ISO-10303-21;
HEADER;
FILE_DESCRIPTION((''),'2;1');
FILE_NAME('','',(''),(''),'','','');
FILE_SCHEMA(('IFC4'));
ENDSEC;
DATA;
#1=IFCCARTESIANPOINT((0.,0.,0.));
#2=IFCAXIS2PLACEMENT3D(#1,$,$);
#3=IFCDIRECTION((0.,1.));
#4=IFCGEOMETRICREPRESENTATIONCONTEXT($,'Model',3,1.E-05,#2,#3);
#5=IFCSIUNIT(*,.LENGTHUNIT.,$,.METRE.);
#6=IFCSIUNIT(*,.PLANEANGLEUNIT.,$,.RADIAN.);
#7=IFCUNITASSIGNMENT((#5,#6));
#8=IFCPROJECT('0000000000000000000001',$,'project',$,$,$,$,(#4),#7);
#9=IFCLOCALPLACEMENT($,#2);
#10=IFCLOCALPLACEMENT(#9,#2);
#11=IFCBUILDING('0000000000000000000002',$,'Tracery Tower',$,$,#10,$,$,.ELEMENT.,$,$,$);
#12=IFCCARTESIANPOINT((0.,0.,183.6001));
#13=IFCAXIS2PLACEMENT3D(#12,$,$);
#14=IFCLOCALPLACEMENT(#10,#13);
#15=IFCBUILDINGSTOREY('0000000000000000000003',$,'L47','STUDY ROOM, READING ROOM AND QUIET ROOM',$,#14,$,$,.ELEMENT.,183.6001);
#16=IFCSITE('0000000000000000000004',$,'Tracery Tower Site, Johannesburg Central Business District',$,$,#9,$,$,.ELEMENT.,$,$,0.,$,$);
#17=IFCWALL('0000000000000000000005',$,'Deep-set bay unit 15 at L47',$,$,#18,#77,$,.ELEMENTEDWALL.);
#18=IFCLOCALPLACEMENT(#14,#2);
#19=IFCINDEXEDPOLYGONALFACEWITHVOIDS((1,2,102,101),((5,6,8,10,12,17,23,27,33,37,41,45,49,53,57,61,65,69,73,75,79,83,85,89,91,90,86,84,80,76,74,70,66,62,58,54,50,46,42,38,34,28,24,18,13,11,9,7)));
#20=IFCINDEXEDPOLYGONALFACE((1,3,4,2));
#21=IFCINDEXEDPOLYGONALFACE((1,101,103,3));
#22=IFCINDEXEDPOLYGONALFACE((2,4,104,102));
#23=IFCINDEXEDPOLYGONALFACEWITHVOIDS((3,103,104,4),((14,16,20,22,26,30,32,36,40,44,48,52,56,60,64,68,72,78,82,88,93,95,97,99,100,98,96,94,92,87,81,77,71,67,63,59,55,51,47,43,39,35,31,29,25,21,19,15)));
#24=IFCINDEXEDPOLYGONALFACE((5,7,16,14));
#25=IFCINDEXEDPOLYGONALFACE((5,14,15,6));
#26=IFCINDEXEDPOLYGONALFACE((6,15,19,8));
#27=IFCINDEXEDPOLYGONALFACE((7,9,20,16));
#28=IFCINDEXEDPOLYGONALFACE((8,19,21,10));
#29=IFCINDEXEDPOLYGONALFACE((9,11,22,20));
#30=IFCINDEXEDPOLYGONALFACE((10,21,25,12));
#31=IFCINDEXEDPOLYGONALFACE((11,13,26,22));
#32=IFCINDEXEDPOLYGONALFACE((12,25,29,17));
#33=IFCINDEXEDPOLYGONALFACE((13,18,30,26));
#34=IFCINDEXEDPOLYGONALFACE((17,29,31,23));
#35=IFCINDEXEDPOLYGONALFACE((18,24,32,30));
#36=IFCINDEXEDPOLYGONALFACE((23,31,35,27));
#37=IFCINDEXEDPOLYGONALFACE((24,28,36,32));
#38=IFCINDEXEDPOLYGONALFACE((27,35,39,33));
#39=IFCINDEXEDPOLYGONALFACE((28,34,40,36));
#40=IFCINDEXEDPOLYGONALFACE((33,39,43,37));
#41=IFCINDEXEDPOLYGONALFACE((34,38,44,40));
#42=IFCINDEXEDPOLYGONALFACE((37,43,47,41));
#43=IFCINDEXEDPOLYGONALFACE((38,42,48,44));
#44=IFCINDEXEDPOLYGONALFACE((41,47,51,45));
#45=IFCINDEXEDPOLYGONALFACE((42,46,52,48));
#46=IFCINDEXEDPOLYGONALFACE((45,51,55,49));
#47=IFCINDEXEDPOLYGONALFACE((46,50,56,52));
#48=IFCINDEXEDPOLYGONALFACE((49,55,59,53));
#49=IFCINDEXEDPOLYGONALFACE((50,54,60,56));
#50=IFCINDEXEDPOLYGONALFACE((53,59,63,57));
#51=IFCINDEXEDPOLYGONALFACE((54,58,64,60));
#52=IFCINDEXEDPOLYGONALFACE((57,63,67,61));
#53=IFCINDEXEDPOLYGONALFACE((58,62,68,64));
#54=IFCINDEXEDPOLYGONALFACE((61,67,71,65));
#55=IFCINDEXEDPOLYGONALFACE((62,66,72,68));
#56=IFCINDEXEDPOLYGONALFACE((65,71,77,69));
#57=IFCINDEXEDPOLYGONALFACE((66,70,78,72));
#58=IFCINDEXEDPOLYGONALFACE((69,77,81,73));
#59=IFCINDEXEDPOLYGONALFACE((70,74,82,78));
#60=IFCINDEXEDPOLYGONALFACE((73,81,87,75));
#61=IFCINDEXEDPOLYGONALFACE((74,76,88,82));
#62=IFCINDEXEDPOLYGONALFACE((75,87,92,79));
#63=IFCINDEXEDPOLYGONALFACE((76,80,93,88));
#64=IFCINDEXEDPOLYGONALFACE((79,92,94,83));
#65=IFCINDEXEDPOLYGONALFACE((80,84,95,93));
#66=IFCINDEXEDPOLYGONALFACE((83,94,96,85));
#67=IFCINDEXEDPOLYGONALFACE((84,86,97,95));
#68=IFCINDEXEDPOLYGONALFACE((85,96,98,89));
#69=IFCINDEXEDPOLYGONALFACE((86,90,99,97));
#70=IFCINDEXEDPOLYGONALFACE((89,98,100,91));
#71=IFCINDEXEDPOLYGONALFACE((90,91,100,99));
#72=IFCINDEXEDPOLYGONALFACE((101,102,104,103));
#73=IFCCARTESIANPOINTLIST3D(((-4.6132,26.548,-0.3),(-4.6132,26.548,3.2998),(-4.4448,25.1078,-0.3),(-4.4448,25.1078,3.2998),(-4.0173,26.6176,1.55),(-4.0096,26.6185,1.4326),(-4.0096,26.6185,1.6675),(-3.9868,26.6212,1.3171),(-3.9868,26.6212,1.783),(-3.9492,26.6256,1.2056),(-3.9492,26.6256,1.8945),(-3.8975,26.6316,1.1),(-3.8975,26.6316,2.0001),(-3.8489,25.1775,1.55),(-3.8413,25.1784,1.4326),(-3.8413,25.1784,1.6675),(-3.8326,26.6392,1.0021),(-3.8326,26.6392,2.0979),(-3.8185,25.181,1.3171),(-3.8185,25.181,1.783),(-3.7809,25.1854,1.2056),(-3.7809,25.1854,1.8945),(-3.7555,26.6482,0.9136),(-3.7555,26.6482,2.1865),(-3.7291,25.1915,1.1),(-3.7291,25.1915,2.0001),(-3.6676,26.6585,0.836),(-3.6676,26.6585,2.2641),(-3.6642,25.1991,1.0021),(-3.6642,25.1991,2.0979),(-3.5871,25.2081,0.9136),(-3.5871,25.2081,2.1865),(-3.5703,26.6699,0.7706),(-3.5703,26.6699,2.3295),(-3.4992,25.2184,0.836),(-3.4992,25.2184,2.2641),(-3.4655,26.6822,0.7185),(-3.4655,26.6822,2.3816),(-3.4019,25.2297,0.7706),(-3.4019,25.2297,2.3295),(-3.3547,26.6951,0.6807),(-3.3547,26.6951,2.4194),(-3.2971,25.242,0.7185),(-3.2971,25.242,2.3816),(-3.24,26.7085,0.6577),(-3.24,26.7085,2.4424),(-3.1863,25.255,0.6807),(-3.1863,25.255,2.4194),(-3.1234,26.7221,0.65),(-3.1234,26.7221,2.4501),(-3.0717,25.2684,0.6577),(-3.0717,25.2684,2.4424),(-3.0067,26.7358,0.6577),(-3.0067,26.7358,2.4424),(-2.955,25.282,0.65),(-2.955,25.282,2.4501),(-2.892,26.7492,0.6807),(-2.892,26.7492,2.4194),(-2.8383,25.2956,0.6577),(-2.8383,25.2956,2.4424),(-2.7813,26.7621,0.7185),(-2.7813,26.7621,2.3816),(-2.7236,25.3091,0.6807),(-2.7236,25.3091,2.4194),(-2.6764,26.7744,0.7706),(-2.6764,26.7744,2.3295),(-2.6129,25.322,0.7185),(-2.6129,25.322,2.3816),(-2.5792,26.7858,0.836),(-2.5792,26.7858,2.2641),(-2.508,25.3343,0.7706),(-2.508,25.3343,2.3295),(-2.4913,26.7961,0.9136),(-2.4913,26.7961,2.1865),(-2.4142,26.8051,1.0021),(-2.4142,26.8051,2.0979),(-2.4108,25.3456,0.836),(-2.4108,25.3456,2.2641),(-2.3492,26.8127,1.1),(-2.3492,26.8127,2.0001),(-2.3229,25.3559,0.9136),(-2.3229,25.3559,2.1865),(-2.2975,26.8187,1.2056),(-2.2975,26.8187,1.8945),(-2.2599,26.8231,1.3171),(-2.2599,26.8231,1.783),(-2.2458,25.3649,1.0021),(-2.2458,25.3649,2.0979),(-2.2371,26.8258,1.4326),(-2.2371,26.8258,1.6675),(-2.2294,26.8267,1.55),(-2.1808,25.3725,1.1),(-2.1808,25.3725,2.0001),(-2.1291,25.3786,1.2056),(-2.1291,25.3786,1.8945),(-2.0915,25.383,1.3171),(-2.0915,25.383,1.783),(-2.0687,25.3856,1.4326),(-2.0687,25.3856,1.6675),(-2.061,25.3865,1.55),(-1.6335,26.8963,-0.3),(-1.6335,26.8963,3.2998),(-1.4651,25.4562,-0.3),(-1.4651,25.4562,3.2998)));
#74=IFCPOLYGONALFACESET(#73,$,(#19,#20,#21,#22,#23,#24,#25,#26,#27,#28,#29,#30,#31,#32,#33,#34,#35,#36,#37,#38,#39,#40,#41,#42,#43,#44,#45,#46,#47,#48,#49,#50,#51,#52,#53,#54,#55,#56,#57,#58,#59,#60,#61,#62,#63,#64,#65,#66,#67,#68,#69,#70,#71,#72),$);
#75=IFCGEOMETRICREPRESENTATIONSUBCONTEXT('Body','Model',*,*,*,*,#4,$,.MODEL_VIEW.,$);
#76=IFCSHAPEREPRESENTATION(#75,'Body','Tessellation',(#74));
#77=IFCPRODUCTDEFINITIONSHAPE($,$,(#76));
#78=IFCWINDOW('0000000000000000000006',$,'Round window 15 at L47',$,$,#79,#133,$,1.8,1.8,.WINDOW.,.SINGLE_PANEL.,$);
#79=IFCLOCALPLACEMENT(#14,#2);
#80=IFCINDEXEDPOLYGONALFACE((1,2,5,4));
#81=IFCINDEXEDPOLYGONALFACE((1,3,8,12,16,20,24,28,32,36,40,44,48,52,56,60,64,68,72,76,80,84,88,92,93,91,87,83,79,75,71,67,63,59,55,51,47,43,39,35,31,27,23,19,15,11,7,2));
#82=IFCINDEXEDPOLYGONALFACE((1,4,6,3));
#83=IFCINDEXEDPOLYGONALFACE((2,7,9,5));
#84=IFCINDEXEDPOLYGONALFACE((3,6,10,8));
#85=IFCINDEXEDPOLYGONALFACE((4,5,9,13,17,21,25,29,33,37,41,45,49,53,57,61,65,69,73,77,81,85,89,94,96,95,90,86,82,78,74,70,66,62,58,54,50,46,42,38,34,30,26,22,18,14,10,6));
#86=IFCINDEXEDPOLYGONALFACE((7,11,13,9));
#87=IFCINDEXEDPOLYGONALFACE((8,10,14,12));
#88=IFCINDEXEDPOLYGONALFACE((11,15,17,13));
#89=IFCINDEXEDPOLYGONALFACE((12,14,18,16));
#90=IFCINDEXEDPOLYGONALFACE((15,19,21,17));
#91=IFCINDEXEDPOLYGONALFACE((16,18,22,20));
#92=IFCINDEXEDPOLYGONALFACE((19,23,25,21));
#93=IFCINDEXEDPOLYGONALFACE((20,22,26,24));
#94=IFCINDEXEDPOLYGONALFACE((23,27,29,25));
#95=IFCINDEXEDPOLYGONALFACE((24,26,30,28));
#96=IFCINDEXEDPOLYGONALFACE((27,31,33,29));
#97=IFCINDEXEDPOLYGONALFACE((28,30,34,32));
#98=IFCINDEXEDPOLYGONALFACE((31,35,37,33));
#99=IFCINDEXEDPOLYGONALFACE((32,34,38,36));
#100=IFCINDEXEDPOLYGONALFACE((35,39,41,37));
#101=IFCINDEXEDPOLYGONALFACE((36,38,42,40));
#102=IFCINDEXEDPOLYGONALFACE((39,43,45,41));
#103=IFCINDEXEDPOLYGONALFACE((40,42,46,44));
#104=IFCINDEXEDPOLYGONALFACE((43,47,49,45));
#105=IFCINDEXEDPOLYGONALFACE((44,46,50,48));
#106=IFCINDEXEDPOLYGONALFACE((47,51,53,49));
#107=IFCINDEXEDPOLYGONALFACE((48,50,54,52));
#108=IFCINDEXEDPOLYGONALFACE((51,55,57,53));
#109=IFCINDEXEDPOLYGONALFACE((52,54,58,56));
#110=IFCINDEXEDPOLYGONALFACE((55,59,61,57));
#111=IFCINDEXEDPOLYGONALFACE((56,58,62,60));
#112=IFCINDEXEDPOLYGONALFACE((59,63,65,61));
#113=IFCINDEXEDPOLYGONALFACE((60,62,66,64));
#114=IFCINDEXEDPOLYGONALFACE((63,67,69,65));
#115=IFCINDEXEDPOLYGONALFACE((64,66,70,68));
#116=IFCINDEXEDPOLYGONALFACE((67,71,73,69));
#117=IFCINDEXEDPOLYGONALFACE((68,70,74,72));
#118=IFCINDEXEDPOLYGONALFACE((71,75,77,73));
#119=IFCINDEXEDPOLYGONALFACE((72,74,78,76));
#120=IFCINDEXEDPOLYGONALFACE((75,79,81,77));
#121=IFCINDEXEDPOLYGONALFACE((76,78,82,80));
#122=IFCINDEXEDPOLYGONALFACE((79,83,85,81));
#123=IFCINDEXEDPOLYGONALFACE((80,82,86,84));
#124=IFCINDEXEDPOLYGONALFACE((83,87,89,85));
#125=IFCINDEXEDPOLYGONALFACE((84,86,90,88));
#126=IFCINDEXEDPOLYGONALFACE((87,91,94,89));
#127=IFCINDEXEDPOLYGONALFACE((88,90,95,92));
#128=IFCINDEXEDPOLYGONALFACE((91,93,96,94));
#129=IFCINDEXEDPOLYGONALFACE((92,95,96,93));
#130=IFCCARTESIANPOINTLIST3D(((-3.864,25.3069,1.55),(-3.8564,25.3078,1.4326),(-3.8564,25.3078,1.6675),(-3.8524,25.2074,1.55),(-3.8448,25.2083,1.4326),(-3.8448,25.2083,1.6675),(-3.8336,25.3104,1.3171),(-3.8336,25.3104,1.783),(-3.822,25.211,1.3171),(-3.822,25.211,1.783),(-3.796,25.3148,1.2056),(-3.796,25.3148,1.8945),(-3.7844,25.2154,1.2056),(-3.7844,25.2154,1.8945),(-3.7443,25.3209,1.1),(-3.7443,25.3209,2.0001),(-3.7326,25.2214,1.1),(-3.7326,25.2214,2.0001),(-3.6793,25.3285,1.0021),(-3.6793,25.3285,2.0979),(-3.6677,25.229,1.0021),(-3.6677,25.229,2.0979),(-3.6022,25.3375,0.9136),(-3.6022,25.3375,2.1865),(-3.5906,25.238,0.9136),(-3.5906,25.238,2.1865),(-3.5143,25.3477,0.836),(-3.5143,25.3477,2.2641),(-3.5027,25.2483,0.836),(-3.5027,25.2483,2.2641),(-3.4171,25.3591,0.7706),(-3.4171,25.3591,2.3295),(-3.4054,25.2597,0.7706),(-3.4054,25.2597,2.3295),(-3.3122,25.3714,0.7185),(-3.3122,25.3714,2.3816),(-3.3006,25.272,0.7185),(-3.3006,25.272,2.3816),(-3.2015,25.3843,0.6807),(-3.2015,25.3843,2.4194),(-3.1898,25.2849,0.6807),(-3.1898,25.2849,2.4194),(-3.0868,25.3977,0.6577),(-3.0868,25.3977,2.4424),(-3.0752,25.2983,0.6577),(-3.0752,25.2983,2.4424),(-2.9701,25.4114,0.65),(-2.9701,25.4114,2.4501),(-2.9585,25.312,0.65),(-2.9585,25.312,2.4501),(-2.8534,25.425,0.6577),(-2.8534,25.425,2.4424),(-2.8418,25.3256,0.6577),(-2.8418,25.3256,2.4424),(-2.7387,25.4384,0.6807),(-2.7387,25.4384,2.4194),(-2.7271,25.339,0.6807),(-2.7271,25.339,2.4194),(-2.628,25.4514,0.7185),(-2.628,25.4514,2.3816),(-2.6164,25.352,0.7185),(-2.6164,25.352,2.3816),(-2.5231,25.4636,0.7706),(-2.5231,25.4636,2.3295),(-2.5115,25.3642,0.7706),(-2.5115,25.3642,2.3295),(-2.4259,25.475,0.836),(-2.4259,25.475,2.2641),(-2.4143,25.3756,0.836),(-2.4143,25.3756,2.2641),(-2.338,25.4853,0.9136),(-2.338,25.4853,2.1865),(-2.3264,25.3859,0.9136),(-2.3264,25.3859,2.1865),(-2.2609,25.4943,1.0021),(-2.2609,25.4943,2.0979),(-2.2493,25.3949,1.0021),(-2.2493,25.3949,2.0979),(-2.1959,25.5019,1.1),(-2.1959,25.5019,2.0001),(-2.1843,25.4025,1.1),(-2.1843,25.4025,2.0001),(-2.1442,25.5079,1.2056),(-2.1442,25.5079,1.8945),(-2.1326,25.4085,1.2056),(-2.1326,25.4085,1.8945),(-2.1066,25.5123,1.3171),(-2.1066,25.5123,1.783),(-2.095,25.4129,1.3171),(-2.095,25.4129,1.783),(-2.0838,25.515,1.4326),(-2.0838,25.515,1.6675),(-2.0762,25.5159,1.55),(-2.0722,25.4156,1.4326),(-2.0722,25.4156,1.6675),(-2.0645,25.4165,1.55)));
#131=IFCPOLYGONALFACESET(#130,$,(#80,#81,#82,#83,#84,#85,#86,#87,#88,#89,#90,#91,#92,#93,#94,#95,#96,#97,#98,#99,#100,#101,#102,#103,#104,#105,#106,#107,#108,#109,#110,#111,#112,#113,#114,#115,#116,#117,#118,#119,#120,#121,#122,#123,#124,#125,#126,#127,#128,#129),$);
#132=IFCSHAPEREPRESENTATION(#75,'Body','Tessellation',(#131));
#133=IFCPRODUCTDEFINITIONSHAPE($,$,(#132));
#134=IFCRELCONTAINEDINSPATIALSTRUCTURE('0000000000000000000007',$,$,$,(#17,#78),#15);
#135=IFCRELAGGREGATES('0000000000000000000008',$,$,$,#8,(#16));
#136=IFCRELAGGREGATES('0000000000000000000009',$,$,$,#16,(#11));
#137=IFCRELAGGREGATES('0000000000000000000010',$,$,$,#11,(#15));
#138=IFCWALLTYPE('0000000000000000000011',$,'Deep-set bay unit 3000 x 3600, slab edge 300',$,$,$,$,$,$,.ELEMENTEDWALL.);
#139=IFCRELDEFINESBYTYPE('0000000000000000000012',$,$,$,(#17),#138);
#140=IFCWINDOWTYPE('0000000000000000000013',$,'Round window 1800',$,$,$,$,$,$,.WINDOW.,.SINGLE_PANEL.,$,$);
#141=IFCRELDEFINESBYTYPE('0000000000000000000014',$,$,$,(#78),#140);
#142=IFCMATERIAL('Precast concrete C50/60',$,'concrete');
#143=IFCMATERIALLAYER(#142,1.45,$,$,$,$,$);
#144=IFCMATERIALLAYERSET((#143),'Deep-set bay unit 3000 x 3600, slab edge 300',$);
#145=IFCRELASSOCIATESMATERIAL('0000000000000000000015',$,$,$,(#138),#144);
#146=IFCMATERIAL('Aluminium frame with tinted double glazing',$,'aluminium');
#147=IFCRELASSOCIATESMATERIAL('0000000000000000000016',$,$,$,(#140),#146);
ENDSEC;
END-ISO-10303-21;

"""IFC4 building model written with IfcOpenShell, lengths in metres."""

from ifc_helpers import new_model, si_unit, direction, frame, frame_2d, origin, origin_2d, place, context, subcontext, project, spatial, rectangle, circle, extrude, material, layer, layer_set, type_object, element, fill, save


model = new_model("IFC4")

# Units and contexts
model_context = context("Model", 3, precision=1e-05, world=origin(), true_north=direction((0.0, 1.0)))
body_context = subcontext(model_context, "Body", "Model", "MODEL_VIEW")
ifc_project = project(units=[si_unit("LENGTHUNIT", "METRE"), si_unit("PLANEANGLEUNIT", "RADIAN")], contexts=[model_context])

# Site, building, storey
site_placement = place(None, origin())
site = spatial("IfcSite", under=ifc_project, at=site_placement, Name="Tracery Tower Site, Johannesburg Central Business District", CompositionType="ELEMENT", RefElevation=0.0)
building_placement = place(site_placement, origin())
building = spatial("IfcBuilding", under=site, at=building_placement, Name="Tracery Tower", CompositionType="ELEMENT")
storey_placement = place(building_placement, frame((0.0, 0.0, 183.6001)))
storey = spatial("IfcBuildingStorey", under=building, at=storey_placement, Name="L47", Description="STUDY ROOM, READING ROOM AND QUIET ROOM", CompositionType="ELEMENT", Elevation=183.6001)

# Wall, opening, window
ifc_material_1 = material(Name="Precast concrete C50/60", Category="concrete")
ifc_layer_1 = layer(ifc_material_1, 1.45)
ifc_layer_set_1 = layer_set([ifc_layer_1], Name="Deep-set bay unit 3000 x 3600, slab edge 300")
wall_type_1 = type_object("IfcWallType", Name="Deep-set bay unit 3000 x 3600, slab edge 300", PredefinedType="ELEMENTEDWALL", material=ifc_layer_set_1)
ifc_material_2 = material(Name="Aluminium frame with tinted double glazing", Category="aluminium")
window_type = type_object("IfcWindowType", Name="Round window 1800", PartitioningType="SINGLE_PANEL", PredefinedType="WINDOW", material=ifc_material_2)
wall_1_placement = place(storey_placement, frame((-1.5493, 26.1763, -0.3), z_axis=(0.0, 0.0, 1.0), x_axis=(-0.993234, -0.116128, 0.0)))
wall_1 = element("IfcWall", 1, at=wall_1_placement, inside=storey, type_object=wall_type_1, Name="Deep-set bay unit 15 at L47", PredefinedType="ELEMENTEDWALL", context=body_context, shape_type="SweptSolid", body=[
    extrude(rectangle(XDim=3.0, YDim=1.45, at=frame_2d((1.5, 0.0))), origin(), (0.0, 0.0, 1.0), 3.5999),
])
opening_1_placement = place(wall_1_placement, frame((1.5, 0.0, 1.8501)))
opening_1 = element("IfcOpeningElement", 2, at=opening_1_placement, cuts=wall_1, PredefinedType="OPENING", context=body_context, shape_type="SweptSolid", body=[
    extrude(circle(Radius=0.9, at=origin_2d()), frame((0.0, 0.7349, 0.0), z_axis=(0.0, -1.0, 0.0), x_axis=(1.0, 0.0, 0.0)), (0.0, 0.0, 1.0), 1.47),
])
window_1_placement = place(opening_1_placement, origin())
window_1 = element("IfcWindow", 3, at=window_1_placement, inside=storey, type_object=window_type, Name="Round window 15 at L47", OverallHeight=1.8, OverallWidth=1.8, PartitioningType="SINGLE_PANEL", PredefinedType="WINDOW", context=body_context, shape_type="SweptSolid", body=[
    extrude(circle(Radius=0.9, at=origin_2d()), frame((0.0, 0.6948, 0.0), z_axis=(0.0, -1.0, 0.0), x_axis=(1.0, 0.0, 0.0)), (0.0, 0.0, 1.0), 0.1001),
])
fill(opening_1, window_1)

save(model, "model.ifc")
